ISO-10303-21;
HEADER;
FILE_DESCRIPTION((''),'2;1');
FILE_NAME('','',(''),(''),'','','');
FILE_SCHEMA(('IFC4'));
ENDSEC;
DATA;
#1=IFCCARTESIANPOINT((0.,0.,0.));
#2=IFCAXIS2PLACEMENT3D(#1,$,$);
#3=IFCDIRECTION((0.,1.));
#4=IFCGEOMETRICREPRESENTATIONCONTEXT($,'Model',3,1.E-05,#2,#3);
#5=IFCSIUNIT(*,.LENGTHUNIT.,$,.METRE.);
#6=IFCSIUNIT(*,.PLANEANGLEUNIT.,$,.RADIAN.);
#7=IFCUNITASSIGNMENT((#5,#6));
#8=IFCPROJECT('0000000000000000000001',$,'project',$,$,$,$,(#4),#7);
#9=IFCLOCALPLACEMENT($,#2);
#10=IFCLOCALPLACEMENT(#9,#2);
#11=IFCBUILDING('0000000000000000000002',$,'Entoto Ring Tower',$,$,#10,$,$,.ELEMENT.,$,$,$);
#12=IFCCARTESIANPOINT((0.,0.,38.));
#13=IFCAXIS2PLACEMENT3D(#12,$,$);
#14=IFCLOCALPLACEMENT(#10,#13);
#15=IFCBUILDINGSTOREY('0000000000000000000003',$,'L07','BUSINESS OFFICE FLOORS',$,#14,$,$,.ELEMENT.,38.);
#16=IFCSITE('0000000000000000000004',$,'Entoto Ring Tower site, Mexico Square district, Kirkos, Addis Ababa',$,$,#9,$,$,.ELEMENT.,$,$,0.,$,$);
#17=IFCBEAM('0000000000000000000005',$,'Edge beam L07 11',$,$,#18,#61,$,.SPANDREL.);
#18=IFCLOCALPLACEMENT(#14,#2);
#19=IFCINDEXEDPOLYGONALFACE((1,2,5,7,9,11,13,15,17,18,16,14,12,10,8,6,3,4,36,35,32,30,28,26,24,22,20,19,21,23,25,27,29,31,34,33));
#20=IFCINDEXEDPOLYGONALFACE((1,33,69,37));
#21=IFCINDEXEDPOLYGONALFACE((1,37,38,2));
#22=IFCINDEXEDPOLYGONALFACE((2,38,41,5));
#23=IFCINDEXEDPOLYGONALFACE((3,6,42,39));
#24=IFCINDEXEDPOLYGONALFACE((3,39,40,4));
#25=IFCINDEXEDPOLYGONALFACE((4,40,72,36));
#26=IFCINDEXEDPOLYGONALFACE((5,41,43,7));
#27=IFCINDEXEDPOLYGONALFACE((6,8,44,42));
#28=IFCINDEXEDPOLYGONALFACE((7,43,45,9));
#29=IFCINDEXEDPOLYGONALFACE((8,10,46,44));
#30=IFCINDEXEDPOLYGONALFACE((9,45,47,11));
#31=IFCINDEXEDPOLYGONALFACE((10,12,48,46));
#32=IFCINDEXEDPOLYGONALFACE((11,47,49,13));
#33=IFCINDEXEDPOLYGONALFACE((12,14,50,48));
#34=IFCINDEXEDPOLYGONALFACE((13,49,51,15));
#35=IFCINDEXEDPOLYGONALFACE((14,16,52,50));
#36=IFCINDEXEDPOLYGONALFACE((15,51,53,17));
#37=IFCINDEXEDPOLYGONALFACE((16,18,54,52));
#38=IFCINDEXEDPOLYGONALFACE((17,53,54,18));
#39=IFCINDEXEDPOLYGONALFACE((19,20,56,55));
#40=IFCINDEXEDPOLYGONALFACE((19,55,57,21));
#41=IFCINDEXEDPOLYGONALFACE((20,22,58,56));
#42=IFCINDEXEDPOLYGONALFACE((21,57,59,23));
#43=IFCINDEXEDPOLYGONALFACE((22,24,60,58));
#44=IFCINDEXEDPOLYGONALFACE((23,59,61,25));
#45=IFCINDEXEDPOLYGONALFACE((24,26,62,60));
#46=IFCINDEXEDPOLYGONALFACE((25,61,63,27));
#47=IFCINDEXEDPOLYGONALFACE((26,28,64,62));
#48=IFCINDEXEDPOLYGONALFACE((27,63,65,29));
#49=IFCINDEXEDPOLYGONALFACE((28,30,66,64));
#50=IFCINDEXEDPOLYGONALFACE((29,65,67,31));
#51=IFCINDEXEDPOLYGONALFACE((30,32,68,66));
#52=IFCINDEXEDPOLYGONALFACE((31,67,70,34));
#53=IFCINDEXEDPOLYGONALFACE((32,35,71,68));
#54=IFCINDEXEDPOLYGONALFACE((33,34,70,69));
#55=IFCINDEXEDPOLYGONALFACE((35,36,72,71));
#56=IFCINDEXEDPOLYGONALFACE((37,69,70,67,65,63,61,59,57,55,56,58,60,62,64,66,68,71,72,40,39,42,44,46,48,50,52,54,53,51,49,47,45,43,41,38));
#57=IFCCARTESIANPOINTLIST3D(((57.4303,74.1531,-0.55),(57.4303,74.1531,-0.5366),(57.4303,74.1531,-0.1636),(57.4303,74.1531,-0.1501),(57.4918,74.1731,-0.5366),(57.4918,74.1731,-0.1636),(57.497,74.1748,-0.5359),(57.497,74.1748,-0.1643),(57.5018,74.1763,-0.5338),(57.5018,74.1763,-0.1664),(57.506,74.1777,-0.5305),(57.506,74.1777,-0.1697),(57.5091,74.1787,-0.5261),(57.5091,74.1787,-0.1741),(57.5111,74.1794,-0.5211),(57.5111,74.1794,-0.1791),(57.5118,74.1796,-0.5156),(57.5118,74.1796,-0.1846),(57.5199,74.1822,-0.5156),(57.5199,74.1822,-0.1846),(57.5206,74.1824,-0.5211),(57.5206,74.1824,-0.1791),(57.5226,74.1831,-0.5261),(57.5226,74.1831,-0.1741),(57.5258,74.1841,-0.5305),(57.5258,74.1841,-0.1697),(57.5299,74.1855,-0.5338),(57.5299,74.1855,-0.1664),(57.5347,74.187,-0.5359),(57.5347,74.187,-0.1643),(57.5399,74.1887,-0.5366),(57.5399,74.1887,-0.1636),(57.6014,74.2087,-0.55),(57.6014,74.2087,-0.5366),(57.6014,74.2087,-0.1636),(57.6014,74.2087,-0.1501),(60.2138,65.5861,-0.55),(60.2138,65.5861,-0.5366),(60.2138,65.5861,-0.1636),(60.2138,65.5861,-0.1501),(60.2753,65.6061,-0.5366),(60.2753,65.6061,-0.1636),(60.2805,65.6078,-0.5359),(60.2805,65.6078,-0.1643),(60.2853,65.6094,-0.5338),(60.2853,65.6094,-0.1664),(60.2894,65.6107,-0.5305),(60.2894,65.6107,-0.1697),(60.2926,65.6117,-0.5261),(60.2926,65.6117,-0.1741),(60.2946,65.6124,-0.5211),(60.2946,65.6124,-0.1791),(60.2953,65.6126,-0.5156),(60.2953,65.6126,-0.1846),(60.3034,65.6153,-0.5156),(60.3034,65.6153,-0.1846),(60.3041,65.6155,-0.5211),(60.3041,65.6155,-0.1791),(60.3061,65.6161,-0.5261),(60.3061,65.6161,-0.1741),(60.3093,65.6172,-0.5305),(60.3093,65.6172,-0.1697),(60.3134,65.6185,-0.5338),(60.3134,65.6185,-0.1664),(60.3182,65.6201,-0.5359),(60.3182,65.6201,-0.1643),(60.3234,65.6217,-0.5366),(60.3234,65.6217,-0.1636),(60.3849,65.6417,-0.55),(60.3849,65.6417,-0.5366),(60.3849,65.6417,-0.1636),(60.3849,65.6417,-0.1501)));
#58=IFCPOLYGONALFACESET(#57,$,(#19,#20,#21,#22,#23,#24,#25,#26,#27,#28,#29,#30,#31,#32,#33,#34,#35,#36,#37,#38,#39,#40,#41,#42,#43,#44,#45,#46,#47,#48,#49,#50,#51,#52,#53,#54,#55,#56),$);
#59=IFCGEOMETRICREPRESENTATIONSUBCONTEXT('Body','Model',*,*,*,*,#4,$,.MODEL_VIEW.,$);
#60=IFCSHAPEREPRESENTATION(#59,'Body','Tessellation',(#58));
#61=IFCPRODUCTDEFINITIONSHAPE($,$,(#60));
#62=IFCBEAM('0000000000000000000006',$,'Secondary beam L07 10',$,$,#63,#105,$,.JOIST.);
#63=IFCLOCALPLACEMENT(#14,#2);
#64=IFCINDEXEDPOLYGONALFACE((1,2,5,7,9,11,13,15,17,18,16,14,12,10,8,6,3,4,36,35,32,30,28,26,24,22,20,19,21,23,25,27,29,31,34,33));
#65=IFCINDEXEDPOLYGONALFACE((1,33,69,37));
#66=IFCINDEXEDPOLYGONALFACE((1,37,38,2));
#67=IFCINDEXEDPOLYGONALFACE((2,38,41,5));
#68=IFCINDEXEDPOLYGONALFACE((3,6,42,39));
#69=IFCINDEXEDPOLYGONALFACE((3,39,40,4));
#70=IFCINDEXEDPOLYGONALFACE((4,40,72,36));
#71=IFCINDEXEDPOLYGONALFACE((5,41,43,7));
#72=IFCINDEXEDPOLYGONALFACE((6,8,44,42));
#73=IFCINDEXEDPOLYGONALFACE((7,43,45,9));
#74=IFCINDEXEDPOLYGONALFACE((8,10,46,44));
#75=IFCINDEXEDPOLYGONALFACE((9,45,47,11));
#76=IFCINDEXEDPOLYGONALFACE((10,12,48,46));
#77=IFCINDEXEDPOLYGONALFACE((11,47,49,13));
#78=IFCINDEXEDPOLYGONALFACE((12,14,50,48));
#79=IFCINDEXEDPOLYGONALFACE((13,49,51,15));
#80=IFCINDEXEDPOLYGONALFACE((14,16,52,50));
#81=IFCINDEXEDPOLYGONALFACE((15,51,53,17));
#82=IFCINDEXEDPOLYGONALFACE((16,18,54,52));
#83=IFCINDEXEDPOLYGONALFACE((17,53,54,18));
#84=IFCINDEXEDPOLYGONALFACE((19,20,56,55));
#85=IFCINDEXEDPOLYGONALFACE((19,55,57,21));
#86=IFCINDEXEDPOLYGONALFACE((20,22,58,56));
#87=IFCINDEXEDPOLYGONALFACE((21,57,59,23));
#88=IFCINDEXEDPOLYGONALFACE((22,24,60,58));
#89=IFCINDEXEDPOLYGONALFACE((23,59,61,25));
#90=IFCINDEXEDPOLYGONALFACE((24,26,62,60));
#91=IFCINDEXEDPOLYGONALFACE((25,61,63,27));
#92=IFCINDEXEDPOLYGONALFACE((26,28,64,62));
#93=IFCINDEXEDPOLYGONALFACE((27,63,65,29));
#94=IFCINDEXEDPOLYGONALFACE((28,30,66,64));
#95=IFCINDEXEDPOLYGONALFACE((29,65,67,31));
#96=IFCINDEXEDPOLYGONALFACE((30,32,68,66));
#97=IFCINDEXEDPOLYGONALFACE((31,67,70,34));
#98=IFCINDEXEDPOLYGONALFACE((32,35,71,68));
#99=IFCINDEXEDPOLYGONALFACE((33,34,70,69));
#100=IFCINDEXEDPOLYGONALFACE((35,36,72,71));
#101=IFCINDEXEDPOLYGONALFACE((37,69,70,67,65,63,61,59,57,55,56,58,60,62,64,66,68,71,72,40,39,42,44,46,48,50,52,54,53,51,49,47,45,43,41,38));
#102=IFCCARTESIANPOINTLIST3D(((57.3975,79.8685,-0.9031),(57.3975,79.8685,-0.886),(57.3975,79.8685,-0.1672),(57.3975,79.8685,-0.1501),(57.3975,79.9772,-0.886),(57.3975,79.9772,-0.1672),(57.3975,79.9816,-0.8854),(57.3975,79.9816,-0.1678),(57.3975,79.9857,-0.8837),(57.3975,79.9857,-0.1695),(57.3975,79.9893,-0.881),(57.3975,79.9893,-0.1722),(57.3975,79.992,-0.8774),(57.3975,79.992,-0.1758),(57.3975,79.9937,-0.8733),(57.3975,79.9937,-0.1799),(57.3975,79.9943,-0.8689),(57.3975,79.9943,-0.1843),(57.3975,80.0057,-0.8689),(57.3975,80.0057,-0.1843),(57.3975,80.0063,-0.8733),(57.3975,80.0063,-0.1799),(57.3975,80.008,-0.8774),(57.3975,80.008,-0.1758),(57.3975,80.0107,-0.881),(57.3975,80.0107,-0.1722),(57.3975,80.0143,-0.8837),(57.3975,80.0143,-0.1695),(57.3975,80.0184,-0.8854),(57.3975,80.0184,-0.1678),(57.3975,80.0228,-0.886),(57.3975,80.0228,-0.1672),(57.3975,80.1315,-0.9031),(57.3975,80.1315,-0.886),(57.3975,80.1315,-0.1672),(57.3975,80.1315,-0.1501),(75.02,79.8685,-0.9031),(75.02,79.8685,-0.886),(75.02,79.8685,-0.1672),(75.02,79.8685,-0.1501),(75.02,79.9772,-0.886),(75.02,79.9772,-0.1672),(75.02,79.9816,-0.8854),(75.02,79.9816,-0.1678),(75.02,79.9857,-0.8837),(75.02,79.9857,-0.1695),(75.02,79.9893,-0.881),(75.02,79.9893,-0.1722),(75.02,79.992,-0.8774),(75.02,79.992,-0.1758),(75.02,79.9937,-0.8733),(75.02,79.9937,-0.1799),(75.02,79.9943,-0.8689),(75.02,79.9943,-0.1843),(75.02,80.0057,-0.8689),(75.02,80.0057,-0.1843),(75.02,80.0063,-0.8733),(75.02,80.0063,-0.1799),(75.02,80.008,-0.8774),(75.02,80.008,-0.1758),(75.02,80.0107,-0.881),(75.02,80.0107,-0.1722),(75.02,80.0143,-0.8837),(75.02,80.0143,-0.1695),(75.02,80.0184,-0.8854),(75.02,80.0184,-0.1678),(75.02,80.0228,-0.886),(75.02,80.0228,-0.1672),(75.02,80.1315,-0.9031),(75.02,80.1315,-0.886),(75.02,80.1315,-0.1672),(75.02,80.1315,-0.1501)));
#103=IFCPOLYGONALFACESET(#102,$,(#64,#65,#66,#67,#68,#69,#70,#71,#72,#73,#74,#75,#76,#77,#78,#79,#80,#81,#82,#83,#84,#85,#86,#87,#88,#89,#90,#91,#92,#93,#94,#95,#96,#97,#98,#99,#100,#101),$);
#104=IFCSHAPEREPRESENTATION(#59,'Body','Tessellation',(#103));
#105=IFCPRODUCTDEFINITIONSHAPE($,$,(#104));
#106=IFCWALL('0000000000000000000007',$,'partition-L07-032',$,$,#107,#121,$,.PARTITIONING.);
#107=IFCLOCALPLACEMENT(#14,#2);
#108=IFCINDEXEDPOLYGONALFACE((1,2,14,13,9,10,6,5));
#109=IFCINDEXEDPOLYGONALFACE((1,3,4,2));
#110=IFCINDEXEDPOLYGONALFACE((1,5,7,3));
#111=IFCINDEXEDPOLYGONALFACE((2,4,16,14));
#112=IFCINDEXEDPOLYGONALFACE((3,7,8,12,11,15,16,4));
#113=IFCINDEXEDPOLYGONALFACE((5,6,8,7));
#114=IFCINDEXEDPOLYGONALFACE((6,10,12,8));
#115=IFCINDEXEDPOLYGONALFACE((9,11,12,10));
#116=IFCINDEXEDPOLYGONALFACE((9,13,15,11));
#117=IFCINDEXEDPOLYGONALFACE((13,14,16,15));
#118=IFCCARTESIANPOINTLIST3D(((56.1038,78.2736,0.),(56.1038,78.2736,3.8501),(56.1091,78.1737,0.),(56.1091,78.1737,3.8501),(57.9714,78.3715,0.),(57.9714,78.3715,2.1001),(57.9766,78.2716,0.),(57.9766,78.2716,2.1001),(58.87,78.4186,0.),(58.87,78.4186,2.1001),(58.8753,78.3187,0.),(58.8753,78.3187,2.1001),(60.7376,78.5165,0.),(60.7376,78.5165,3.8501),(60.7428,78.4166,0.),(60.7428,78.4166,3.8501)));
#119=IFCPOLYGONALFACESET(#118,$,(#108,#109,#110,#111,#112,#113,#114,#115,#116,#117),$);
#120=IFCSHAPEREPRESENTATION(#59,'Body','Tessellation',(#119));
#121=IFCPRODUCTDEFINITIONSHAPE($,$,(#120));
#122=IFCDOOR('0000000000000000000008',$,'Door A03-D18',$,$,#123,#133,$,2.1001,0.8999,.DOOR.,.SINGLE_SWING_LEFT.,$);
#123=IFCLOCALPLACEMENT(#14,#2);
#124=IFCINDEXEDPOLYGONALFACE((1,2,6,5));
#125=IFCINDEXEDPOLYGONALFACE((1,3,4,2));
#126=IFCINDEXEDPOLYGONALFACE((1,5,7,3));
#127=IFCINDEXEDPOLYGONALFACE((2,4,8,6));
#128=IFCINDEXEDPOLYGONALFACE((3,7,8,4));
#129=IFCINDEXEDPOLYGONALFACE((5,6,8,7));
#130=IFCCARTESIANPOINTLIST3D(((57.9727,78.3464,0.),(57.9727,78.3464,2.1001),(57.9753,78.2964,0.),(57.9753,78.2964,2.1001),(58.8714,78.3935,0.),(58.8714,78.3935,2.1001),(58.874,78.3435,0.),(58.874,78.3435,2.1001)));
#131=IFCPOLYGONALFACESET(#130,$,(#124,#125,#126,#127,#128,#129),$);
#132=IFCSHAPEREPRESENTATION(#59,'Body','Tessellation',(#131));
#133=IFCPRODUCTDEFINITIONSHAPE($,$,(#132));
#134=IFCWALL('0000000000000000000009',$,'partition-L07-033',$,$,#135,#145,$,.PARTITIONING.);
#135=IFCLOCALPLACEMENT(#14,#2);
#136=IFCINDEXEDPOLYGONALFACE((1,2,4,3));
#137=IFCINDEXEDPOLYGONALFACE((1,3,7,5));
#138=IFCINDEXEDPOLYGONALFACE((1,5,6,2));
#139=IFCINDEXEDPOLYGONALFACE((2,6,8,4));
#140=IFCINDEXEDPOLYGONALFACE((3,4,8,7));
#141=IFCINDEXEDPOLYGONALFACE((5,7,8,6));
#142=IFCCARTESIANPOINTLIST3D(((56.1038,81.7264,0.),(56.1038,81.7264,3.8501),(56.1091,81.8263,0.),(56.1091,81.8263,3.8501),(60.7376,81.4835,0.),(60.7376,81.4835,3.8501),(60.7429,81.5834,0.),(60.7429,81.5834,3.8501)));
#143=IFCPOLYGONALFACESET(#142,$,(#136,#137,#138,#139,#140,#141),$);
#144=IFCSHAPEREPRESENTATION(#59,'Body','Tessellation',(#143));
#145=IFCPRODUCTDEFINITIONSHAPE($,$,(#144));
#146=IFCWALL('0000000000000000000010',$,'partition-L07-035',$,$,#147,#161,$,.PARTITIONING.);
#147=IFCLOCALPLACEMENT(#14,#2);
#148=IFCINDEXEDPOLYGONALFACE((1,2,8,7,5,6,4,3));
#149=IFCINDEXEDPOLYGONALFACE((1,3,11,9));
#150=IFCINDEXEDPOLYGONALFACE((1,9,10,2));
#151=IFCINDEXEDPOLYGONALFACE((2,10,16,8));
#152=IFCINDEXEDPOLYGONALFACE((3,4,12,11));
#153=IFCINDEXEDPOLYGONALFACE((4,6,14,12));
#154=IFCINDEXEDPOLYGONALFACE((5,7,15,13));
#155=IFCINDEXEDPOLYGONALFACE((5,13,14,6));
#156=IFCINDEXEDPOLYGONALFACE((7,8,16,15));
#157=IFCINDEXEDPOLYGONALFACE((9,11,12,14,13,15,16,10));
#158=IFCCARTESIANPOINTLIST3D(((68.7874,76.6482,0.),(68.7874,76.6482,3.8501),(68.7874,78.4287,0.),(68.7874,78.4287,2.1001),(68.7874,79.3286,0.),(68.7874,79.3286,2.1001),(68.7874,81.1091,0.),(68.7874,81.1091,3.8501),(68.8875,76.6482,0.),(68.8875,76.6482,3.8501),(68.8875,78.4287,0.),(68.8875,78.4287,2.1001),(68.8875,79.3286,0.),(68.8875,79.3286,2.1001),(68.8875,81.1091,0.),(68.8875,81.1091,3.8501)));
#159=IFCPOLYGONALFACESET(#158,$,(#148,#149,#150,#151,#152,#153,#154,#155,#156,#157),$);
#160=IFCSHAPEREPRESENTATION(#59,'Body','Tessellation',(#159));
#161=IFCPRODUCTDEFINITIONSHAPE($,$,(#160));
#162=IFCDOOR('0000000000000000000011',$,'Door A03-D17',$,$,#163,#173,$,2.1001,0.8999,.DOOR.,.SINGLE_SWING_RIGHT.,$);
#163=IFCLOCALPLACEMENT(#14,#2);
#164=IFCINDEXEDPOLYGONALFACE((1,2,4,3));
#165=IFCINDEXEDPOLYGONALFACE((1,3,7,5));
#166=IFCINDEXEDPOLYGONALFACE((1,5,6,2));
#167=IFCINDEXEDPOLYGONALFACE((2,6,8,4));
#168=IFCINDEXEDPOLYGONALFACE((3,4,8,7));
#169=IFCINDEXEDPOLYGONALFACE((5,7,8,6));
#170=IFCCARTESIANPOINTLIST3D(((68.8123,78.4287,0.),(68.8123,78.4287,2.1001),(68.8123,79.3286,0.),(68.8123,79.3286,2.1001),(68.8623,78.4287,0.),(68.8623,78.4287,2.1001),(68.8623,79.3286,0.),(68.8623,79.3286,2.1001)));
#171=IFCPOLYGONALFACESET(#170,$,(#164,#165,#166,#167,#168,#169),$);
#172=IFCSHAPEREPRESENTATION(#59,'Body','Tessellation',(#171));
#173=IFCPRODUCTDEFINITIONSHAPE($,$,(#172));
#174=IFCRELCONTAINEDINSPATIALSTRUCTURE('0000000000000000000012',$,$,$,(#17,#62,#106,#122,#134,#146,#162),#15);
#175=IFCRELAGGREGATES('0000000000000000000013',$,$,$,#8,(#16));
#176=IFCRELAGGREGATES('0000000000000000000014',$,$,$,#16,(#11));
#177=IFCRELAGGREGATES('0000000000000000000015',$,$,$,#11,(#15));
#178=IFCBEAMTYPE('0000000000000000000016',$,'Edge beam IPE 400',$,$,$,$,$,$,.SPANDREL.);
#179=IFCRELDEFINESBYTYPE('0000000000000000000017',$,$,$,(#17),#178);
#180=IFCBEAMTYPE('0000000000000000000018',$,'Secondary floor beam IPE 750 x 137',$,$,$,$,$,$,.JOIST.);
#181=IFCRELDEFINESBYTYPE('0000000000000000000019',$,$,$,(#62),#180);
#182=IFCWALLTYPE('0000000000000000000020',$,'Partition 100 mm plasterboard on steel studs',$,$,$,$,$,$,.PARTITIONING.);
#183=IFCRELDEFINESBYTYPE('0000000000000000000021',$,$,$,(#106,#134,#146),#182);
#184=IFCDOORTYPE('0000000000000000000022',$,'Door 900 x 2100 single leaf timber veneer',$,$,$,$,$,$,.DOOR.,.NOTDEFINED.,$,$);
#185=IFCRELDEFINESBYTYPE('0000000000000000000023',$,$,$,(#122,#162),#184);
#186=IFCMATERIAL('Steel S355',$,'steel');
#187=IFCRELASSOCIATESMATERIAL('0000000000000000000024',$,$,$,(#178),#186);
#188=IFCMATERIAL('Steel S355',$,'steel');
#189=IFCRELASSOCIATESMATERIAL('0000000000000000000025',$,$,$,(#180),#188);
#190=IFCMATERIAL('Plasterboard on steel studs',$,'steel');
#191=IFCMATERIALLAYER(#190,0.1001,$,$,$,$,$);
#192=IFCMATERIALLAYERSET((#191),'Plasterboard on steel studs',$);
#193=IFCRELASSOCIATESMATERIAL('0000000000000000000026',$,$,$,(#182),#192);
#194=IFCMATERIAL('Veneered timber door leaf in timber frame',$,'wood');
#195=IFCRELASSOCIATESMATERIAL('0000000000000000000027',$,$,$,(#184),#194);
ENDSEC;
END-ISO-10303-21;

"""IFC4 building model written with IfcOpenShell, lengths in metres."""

from ifc_helpers import new_model, si_unit, direction, frame, frame_2d, origin, origin_2d, place, context, subcontext, project, spatial, rectangle, i_section, extrude, material, layer, layer_set, material_profile, profile_set, type_object, element, fill, save


model = new_model("IFC4")

# Units and contexts
model_context = context("Model", 3, precision=1e-05, world=origin(), true_north=direction((0.0, 1.0)))
body_context = subcontext(model_context, "Body", "Model", "MODEL_VIEW")
ifc_project = project(units=[si_unit("LENGTHUNIT", "METRE"), si_unit("PLANEANGLEUNIT", "RADIAN")], contexts=[model_context])

# Site, building, storey
site_placement = place(None, origin())
site = spatial("IfcSite", under=ifc_project, at=site_placement, Name="Entoto Ring Tower site, Mexico Square district, Kirkos, Addis Ababa", CompositionType="ELEMENT", RefElevation=0.0)
building_placement = place(site_placement, origin())
building = spatial("IfcBuilding", under=site, at=building_placement, Name="Entoto Ring Tower", CompositionType="ELEMENT")
storey_placement = place(building_placement, frame((0.0, 0.0, 38.0)))
storey = spatial("IfcBuildingStorey", under=building, at=storey_placement, Name="L07", Description="BUSINESS OFFICE FLOORS", CompositionType="ELEMENT", Elevation=38.0)

# Beams
ifc_material_1 = material(Name="Steel S355", Category="steel")
ifc_material_profile_1 = material_profile(ifc_material_1, i_section(OverallWidth=0.1799, OverallDepth=0.3999, WebThickness=0.0085, FlangeThickness=0.0134, FilletRadius=0.021, at=origin_2d()), Name="IPE 400")
ifc_profile_set_1 = profile_set([ifc_material_profile_1], Name="Steel S355")
beam_type_1 = type_object("IfcBeamType", Name="Edge beam IPE 400", PredefinedType="SPANDREL", material=ifc_profile_set_1)
for number, where, z_axis, x_axis, name in (
    (1, (57.5159, 74.1809, -0.3501), (0.309006, -0.95106, 0.0), (0.95106, 0.309006, 0.0), "Edge beam L07 11"),
):
    element("IfcBeam", number, at=place(storey_placement, frame(where, z_axis=z_axis, x_axis=x_axis)), inside=storey, type_object=beam_type_1, Name=name, PredefinedType="SPANDREL", context=body_context, shape_type="SweptSolid", body=[
        extrude(i_section(OverallWidth=0.1799, OverallDepth=0.3999, WebThickness=0.0085, FlangeThickness=0.0134, FilletRadius=0.021, at=origin_2d()), origin(), (0.0, 0.0, 1.0), 9.0078),
    ])
ifc_material_2 = material(Name="Steel S355", Category="steel")
ifc_material_profile_2 = material_profile(ifc_material_2, i_section(OverallWidth=0.2629, OverallDepth=0.7529, WebThickness=0.0115, FlangeThickness=0.0171, FilletRadius=0.0171, at=origin_2d()), Name="IPE 750 x 137")
ifc_profile_set_2 = profile_set([ifc_material_profile_2], Name="Steel S355")
beam_type_2 = type_object("IfcBeamType", Name="Secondary floor beam IPE 750 x 137", PredefinedType="JOIST", material=ifc_profile_set_2)
beam_placement = place(storey_placement, frame((75.02, 80.0, -0.5266), z_axis=(-1.0, 0.0, 0.0), x_axis=(0.0, -1.0, 0.0)))
element("IfcBeam", 2, at=beam_placement, inside=storey, type_object=beam_type_2, Name="Secondary beam L07 10", PredefinedType="JOIST", context=body_context, shape_type="SweptSolid", body=[
    extrude(i_section(OverallWidth=0.2629, OverallDepth=0.7529, WebThickness=0.0115, FlangeThickness=0.0171, FilletRadius=0.0171, at=origin_2d()), origin(), (0.0, 0.0, 1.0), 17.6226),
])

# Wall, opening, door
ifc_material_3 = material(Name="Plasterboard on steel studs", Category="steel")
ifc_layer_1 = layer(ifc_material_3, 0.1001)
ifc_layer_set_1 = layer_set([ifc_layer_1], Name="Plasterboard on steel studs")
wall_type_1 = type_object("IfcWallType", Name="Partition 100 mm plasterboard on steel studs", PredefinedType="PARTITIONING", material=ifc_layer_set_1)
wall_1_placement = place(storey_placement, frame((56.1064, 78.2236, 0.0), z_axis=(0.0, 0.0, 1.0), x_axis=(0.998629, 0.052352, 0.0)))
wall_1 = element("IfcWall", 3, at=wall_1_placement, inside=storey, type_object=wall_type_1, Name="partition-L07-032", PredefinedType="PARTITIONING", context=body_context, shape_type="SweptSolid", body=[
    extrude(rectangle(XDim=4.6401, YDim=0.1001, at=frame_2d((2.3201, 0.0))), origin(), (0.0, 0.0, 1.0), 3.8501),
])
opening_1_placement = place(wall_1_placement, frame((1.8701, 0.0, 0.0)))
opening_1 = element("IfcOpeningElement", 4, at=opening_1_placement, cuts=wall_1, PredefinedType="OPENING", context=body_context, shape_type="SweptSolid", body=[
    extrude(rectangle(XDim=0.8999, YDim=2.1001, at=frame_2d((0.45, 1.05))), frame((0.0, 0.0601, 0.0), z_axis=(0.0, -1.0, 0.0), x_axis=(1.0, 0.0, 0.0)), (0.0, 0.0, 1.0), 0.1201),
])
ifc_material_4 = material(Name="Veneered timber door leaf in timber frame", Category="wood")
door_type = type_object("IfcDoorType", Name="Door 900 x 2100 single leaf timber veneer", OperationType="NOTDEFINED", PredefinedType="DOOR", material=ifc_material_4)
door_1_placement = place(opening_1_placement, origin())
door_1 = element("IfcDoor", 5, at=door_1_placement, inside=storey, type_object=door_type, Name="Door A03-D18", OperationType="SINGLE_SWING_LEFT", OverallHeight=2.1001, OverallWidth=0.8999, PredefinedType="DOOR", context=body_context, shape_type="SweptSolid", body=[
    extrude(rectangle(XDim=0.8999, YDim=2.1001, at=frame_2d((0.45, 1.05))), frame((0.0, 0.0249, 0.0), z_axis=(0.0, -1.0, 0.0), x_axis=(1.0, 0.0, 0.0)), (0.0, 0.0, 1.0), 0.05),
])
fill(opening_1, door_1)

# Wall
wall_2_placement = place(storey_placement, frame((60.7402, 81.5334, 0.0), z_axis=(0.0, 0.0, 1.0), x_axis=(-0.998629, 0.052352, 0.0)))
element("IfcWall", 6, at=wall_2_placement, inside=storey, type_object=wall_type_1, Name="partition-L07-033", PredefinedType="PARTITIONING", context=body_context, shape_type="SweptSolid", body=[
    extrude(rectangle(XDim=4.6401, YDim=0.1001, at=frame_2d((2.3201, 0.0))), origin(), (0.0, 0.0, 1.0), 3.8501),
])

# Wall, opening, door
wall_3_placement = place(storey_placement, frame((68.8374, 76.6482, 0.0), z_axis=(0.0, 0.0, 1.0), x_axis=(0.0, 1.0, 0.0)))
wall_3 = element("IfcWall", 7, at=wall_3_placement, inside=storey, type_object=wall_type_1, Name="partition-L07-035", PredefinedType="PARTITIONING", context=body_context, shape_type="SweptSolid", body=[
    extrude(rectangle(XDim=4.4609, YDim=0.1001, at=frame_2d((2.2305, 0.0))), origin(), (0.0, 0.0, 1.0), 3.8501),
])
opening_2_placement = place(wall_3_placement, frame((1.7805, 0.0, 0.0)))
opening_2 = element("IfcOpeningElement", 8, at=opening_2_placement, cuts=wall_3, PredefinedType="OPENING", context=body_context, shape_type="SweptSolid", body=[
    extrude(rectangle(XDim=0.8999, YDim=2.1001, at=frame_2d((0.45, 1.05))), frame((0.0, 0.0601, 0.0), z_axis=(0.0, -1.0, 0.0), x_axis=(1.0, 0.0, 0.0)), (0.0, 0.0, 1.0), 0.1201),
])
door_2_placement = place(opening_2_placement, frame((0.8999, 0.0, 0.0), z_axis=(0.0, 0.0, 1.0), x_axis=(-1.0, 0.0, 0.0)))
door_2 = element("IfcDoor", 9, at=door_2_placement, inside=storey, type_object=door_type, Name="Door A03-D17", OperationType="SINGLE_SWING_RIGHT", OverallHeight=2.1001, OverallWidth=0.8999, PredefinedType="DOOR", context=body_context, shape_type="SweptSolid", body=[
    extrude(rectangle(XDim=0.8999, YDim=2.1001, at=frame_2d((0.45, 1.05))), frame((0.0, 0.0249, 0.0), z_axis=(0.0, -1.0, 0.0), x_axis=(1.0, 0.0, 0.0)), (0.0, 0.0, 1.0), 0.05),
])
fill(opening_2, door_2)

save(model, "model.ifc")
